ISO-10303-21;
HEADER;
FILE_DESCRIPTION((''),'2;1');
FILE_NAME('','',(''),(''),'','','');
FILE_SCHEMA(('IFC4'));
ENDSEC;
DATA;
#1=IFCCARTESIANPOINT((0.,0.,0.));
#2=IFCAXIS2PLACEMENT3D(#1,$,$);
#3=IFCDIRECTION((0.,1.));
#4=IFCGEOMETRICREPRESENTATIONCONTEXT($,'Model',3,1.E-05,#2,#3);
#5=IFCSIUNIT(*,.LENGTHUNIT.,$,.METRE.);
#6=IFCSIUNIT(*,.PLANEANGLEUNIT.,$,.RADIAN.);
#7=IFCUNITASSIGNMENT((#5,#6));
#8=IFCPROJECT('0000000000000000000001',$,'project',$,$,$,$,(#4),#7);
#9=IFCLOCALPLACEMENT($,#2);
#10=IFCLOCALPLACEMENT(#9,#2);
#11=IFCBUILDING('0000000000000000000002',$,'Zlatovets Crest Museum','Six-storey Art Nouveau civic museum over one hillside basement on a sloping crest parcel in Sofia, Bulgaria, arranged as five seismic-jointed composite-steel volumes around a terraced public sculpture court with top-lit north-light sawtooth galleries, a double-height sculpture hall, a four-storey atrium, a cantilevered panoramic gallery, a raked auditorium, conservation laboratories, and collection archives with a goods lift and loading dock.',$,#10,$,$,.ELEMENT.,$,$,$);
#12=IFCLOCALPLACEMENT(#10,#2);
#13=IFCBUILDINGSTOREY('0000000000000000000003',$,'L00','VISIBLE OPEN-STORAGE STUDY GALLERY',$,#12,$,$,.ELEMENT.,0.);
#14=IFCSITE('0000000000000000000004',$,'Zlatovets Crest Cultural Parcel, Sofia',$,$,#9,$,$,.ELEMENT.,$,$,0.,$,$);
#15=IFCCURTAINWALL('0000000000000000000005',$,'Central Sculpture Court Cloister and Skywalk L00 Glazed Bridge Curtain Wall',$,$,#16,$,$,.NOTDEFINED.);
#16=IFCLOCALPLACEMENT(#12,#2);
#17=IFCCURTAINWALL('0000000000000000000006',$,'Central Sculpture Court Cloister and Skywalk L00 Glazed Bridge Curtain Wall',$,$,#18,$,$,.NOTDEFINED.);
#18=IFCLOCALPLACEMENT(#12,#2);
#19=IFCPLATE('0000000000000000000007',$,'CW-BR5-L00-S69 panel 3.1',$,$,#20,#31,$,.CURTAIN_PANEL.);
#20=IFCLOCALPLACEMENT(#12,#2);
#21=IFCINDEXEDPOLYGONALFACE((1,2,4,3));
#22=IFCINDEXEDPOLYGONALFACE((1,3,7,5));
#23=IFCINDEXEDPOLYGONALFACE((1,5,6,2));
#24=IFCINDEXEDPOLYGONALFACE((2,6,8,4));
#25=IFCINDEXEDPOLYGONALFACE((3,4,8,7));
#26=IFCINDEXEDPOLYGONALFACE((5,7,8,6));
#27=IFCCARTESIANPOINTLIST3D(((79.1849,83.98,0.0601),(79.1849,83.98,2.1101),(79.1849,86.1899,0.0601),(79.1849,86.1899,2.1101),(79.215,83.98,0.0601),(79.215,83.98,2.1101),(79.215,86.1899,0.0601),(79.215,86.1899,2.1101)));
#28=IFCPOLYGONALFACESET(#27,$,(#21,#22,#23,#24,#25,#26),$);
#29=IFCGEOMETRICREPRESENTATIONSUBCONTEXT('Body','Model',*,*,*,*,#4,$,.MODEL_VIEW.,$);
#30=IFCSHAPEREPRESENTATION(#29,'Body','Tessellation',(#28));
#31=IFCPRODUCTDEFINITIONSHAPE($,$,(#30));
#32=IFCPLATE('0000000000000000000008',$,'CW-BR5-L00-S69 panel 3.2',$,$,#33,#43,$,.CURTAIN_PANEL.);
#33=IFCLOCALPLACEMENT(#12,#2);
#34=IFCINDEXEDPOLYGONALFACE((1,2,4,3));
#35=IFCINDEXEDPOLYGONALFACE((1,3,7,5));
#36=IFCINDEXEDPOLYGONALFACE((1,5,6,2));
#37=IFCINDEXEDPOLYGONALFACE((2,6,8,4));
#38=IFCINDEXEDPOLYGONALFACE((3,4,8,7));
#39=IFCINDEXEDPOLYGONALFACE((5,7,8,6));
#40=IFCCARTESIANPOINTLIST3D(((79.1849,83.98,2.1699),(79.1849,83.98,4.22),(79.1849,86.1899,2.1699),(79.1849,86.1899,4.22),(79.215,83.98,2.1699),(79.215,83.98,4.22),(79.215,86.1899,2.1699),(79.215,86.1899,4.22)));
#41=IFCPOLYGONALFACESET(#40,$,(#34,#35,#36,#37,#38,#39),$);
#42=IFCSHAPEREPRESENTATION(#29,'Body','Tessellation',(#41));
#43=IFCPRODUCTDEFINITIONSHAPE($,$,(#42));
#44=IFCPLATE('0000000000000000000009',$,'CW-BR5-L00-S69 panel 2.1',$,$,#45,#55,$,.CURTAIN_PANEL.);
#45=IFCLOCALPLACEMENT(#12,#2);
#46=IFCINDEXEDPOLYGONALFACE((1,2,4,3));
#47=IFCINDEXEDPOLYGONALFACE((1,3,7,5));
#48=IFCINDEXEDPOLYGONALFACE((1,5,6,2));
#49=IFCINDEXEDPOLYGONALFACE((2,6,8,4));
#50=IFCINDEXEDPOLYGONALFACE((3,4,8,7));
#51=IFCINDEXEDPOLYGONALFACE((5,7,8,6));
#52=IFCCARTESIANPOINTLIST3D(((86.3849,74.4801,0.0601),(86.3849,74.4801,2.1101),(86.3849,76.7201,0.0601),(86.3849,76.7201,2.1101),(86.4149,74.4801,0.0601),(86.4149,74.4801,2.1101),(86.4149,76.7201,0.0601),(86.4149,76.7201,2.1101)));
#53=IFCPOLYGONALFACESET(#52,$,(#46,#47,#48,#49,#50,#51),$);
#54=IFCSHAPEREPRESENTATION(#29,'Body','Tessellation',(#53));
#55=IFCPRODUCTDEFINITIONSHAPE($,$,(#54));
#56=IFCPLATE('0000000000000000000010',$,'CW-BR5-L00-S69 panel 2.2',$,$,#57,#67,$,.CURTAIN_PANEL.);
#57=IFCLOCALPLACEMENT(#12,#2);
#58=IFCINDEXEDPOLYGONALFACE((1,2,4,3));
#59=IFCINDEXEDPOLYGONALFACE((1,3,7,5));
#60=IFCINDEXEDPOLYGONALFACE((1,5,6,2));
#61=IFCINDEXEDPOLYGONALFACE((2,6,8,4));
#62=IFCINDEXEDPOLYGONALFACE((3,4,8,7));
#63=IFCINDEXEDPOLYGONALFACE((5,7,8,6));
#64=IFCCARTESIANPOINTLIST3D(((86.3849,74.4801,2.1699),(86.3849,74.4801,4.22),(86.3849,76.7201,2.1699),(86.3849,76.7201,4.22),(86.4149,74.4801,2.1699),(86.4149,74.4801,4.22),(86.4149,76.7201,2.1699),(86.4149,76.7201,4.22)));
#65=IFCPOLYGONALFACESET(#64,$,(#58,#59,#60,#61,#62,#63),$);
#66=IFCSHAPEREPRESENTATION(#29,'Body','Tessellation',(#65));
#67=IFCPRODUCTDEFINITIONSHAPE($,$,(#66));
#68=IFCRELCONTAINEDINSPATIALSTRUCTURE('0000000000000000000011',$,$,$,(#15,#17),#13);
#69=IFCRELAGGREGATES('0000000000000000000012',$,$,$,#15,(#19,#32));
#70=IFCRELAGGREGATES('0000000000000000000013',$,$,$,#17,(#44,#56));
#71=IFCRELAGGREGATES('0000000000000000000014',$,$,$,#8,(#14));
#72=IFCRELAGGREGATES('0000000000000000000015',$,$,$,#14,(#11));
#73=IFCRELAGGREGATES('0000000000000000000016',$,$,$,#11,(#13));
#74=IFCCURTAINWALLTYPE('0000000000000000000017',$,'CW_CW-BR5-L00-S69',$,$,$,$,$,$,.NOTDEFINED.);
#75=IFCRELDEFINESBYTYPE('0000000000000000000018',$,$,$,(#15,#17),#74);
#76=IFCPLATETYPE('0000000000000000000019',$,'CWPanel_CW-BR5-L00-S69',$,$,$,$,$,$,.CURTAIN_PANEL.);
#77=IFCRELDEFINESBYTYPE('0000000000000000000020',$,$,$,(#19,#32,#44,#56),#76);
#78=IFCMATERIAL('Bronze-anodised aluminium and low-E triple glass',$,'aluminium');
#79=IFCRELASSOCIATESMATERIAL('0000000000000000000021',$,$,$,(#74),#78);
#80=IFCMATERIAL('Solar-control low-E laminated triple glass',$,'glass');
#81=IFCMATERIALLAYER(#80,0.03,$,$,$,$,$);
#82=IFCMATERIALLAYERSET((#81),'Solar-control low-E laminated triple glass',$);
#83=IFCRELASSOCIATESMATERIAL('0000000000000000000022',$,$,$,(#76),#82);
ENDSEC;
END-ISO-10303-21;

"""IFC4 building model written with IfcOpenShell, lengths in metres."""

from ifc_helpers import new_model, si_unit, direction, frame, origin, origin_2d, place, context, subcontext, project, spatial, rectangle, extrude, material, layer, layer_set, type_object, element, aggregate, save


model = new_model("IFC4")

# Units and contexts
model_context = context("Model", 3, precision=1e-05, world=origin(), true_north=direction((0.0, 1.0)))
body_context = subcontext(model_context, "Body", "Model", "MODEL_VIEW")
ifc_project = project(units=[si_unit("LENGTHUNIT", "METRE"), si_unit("PLANEANGLEUNIT", "RADIAN")], contexts=[model_context])

# Site, building, storey
site_placement = place(None, origin())
site = spatial("IfcSite", under=ifc_project, at=site_placement, Name="Zlatovets Crest Cultural Parcel, Sofia", CompositionType="ELEMENT", RefElevation=0.0)
building_placement = place(site_placement, origin())
building = spatial("IfcBuilding", under=site, at=building_placement, Name="Zlatovets Crest Museum", Description="Six-storey Art Nouveau civic museum over one hillside basement on a sloping crest parcel in Sofia, Bulgaria, arranged as five seismic-jointed composite-steel volumes around a terraced public sculpture court with top-lit north-light sawtooth galleries, a double-height sculpture hall, a four-storey atrium, a cantilevered panoramic gallery, a raked auditorium, conservation laboratories, and collection archives with a goods lift and loading dock.", CompositionType="ELEMENT")
storey_placement = place(building_placement, origin())
storey = spatial("IfcBuildingStorey", under=building, at=storey_placement, Name="L00", Description="VISIBLE OPEN-STORAGE STUDY GALLERY", CompositionType="ELEMENT", Elevation=0.0)

# Curtain wall
ifc_material_1 = material(Name="Bronze-anodised aluminium and low-E triple glass", Category="aluminium")
curtain_wall_type = type_object("IfcCurtainWallType", Name="CW_CW-BR5-L00-S69", PredefinedType="NOTDEFINED", material=ifc_material_1)
curtain_wall_1_placement = place(storey_placement, origin())
curtain_wall_1 = element("IfcCurtainWall", 1, at=curtain_wall_1_placement, inside=storey, type_object=curtain_wall_type, Name="Central Sculpture Court Cloister and Skywalk L00 Glazed Bridge Curtain Wall", PredefinedType="NOTDEFINED")

# Curtain wall
curtain_wall_2_placement = place(storey_placement, origin())
curtain_wall_2 = element("IfcCurtainWall", 2, at=curtain_wall_2_placement, inside=storey, type_object=curtain_wall_type, Name="Central Sculpture Court Cloister and Skywalk L00 Glazed Bridge Curtain Wall", PredefinedType="NOTDEFINED")

# Plates
ifc_material_2 = material(Name="Solar-control low-E laminated triple glass", Category="glass")
ifc_layer = layer(ifc_material_2, 0.03)
ifc_layer_set = layer_set([ifc_layer], Name="Solar-control low-E laminated triple glass")
plate_type = type_object("IfcPlateType", Name="CWPanel_CW-BR5-L00-S69", PredefinedType="CURTAIN_PANEL", material=ifc_layer_set)
plate_1_placement = place(storey_placement, frame((79.2, 85.085, 0.0601), z_axis=(0.0, 0.0, 1.0), x_axis=(0.0, 1.0, 0.0)))
plate_1 = element("IfcPlate", 3, at=plate_1_placement, type_object=plate_type, Name="CW-BR5-L00-S69 panel 3.1", PredefinedType="CURTAIN_PANEL", context=body_context, shape_type="SweptSolid", body=[
    extrude(rectangle(XDim=2.21, YDim=0.03, at=origin_2d()), origin(), (0.0, 0.0, 1.0), 2.05),
])
plate_2_placement = place(storey_placement, frame((79.2, 85.085, 2.1699), z_axis=(0.0, 0.0, 1.0), x_axis=(0.0, 1.0, 0.0)))
plate_2 = element("IfcPlate", 4, at=plate_2_placement, type_object=plate_type, Name="CW-BR5-L00-S69 panel 3.2", PredefinedType="CURTAIN_PANEL", context=body_context, shape_type="SweptSolid", body=[
    extrude(rectangle(XDim=2.21, YDim=0.03, at=origin_2d()), origin(), (0.0, 0.0, 1.0), 2.05),
])
aggregate(curtain_wall_1, [plate_1, plate_2])
plate_3_placement = place(storey_placement, frame((86.3999, 75.6001, 0.0601), z_axis=(0.0, 0.0, 1.0), x_axis=(0.0, 1.0, 0.0)))
plate_3 = element("IfcPlate", 5, at=plate_3_placement, type_object=plate_type, Name="CW-BR5-L00-S69 panel 2.1", PredefinedType="CURTAIN_PANEL", context=body_context, shape_type="SweptSolid", body=[
    extrude(rectangle(XDim=2.24, YDim=0.03, at=origin_2d()), origin(), (0.0, 0.0, 1.0), 2.05),
])
plate_4_placement = place(storey_placement, frame((86.3999, 75.6001, 2.1699), z_axis=(0.0, 0.0, 1.0), x_axis=(0.0, 1.0, 0.0)))
plate_4 = element("IfcPlate", 6, at=plate_4_placement, type_object=plate_type, Name="CW-BR5-L00-S69 panel 2.2", PredefinedType="CURTAIN_PANEL", context=body_context, shape_type="SweptSolid", body=[
    extrude(rectangle(XDim=2.24, YDim=0.03, at=origin_2d()), origin(), (0.0, 0.0, 1.0), 2.05),
])
aggregate(curtain_wall_2, [plate_3, plate_4])

save(model, "model.ifc")
